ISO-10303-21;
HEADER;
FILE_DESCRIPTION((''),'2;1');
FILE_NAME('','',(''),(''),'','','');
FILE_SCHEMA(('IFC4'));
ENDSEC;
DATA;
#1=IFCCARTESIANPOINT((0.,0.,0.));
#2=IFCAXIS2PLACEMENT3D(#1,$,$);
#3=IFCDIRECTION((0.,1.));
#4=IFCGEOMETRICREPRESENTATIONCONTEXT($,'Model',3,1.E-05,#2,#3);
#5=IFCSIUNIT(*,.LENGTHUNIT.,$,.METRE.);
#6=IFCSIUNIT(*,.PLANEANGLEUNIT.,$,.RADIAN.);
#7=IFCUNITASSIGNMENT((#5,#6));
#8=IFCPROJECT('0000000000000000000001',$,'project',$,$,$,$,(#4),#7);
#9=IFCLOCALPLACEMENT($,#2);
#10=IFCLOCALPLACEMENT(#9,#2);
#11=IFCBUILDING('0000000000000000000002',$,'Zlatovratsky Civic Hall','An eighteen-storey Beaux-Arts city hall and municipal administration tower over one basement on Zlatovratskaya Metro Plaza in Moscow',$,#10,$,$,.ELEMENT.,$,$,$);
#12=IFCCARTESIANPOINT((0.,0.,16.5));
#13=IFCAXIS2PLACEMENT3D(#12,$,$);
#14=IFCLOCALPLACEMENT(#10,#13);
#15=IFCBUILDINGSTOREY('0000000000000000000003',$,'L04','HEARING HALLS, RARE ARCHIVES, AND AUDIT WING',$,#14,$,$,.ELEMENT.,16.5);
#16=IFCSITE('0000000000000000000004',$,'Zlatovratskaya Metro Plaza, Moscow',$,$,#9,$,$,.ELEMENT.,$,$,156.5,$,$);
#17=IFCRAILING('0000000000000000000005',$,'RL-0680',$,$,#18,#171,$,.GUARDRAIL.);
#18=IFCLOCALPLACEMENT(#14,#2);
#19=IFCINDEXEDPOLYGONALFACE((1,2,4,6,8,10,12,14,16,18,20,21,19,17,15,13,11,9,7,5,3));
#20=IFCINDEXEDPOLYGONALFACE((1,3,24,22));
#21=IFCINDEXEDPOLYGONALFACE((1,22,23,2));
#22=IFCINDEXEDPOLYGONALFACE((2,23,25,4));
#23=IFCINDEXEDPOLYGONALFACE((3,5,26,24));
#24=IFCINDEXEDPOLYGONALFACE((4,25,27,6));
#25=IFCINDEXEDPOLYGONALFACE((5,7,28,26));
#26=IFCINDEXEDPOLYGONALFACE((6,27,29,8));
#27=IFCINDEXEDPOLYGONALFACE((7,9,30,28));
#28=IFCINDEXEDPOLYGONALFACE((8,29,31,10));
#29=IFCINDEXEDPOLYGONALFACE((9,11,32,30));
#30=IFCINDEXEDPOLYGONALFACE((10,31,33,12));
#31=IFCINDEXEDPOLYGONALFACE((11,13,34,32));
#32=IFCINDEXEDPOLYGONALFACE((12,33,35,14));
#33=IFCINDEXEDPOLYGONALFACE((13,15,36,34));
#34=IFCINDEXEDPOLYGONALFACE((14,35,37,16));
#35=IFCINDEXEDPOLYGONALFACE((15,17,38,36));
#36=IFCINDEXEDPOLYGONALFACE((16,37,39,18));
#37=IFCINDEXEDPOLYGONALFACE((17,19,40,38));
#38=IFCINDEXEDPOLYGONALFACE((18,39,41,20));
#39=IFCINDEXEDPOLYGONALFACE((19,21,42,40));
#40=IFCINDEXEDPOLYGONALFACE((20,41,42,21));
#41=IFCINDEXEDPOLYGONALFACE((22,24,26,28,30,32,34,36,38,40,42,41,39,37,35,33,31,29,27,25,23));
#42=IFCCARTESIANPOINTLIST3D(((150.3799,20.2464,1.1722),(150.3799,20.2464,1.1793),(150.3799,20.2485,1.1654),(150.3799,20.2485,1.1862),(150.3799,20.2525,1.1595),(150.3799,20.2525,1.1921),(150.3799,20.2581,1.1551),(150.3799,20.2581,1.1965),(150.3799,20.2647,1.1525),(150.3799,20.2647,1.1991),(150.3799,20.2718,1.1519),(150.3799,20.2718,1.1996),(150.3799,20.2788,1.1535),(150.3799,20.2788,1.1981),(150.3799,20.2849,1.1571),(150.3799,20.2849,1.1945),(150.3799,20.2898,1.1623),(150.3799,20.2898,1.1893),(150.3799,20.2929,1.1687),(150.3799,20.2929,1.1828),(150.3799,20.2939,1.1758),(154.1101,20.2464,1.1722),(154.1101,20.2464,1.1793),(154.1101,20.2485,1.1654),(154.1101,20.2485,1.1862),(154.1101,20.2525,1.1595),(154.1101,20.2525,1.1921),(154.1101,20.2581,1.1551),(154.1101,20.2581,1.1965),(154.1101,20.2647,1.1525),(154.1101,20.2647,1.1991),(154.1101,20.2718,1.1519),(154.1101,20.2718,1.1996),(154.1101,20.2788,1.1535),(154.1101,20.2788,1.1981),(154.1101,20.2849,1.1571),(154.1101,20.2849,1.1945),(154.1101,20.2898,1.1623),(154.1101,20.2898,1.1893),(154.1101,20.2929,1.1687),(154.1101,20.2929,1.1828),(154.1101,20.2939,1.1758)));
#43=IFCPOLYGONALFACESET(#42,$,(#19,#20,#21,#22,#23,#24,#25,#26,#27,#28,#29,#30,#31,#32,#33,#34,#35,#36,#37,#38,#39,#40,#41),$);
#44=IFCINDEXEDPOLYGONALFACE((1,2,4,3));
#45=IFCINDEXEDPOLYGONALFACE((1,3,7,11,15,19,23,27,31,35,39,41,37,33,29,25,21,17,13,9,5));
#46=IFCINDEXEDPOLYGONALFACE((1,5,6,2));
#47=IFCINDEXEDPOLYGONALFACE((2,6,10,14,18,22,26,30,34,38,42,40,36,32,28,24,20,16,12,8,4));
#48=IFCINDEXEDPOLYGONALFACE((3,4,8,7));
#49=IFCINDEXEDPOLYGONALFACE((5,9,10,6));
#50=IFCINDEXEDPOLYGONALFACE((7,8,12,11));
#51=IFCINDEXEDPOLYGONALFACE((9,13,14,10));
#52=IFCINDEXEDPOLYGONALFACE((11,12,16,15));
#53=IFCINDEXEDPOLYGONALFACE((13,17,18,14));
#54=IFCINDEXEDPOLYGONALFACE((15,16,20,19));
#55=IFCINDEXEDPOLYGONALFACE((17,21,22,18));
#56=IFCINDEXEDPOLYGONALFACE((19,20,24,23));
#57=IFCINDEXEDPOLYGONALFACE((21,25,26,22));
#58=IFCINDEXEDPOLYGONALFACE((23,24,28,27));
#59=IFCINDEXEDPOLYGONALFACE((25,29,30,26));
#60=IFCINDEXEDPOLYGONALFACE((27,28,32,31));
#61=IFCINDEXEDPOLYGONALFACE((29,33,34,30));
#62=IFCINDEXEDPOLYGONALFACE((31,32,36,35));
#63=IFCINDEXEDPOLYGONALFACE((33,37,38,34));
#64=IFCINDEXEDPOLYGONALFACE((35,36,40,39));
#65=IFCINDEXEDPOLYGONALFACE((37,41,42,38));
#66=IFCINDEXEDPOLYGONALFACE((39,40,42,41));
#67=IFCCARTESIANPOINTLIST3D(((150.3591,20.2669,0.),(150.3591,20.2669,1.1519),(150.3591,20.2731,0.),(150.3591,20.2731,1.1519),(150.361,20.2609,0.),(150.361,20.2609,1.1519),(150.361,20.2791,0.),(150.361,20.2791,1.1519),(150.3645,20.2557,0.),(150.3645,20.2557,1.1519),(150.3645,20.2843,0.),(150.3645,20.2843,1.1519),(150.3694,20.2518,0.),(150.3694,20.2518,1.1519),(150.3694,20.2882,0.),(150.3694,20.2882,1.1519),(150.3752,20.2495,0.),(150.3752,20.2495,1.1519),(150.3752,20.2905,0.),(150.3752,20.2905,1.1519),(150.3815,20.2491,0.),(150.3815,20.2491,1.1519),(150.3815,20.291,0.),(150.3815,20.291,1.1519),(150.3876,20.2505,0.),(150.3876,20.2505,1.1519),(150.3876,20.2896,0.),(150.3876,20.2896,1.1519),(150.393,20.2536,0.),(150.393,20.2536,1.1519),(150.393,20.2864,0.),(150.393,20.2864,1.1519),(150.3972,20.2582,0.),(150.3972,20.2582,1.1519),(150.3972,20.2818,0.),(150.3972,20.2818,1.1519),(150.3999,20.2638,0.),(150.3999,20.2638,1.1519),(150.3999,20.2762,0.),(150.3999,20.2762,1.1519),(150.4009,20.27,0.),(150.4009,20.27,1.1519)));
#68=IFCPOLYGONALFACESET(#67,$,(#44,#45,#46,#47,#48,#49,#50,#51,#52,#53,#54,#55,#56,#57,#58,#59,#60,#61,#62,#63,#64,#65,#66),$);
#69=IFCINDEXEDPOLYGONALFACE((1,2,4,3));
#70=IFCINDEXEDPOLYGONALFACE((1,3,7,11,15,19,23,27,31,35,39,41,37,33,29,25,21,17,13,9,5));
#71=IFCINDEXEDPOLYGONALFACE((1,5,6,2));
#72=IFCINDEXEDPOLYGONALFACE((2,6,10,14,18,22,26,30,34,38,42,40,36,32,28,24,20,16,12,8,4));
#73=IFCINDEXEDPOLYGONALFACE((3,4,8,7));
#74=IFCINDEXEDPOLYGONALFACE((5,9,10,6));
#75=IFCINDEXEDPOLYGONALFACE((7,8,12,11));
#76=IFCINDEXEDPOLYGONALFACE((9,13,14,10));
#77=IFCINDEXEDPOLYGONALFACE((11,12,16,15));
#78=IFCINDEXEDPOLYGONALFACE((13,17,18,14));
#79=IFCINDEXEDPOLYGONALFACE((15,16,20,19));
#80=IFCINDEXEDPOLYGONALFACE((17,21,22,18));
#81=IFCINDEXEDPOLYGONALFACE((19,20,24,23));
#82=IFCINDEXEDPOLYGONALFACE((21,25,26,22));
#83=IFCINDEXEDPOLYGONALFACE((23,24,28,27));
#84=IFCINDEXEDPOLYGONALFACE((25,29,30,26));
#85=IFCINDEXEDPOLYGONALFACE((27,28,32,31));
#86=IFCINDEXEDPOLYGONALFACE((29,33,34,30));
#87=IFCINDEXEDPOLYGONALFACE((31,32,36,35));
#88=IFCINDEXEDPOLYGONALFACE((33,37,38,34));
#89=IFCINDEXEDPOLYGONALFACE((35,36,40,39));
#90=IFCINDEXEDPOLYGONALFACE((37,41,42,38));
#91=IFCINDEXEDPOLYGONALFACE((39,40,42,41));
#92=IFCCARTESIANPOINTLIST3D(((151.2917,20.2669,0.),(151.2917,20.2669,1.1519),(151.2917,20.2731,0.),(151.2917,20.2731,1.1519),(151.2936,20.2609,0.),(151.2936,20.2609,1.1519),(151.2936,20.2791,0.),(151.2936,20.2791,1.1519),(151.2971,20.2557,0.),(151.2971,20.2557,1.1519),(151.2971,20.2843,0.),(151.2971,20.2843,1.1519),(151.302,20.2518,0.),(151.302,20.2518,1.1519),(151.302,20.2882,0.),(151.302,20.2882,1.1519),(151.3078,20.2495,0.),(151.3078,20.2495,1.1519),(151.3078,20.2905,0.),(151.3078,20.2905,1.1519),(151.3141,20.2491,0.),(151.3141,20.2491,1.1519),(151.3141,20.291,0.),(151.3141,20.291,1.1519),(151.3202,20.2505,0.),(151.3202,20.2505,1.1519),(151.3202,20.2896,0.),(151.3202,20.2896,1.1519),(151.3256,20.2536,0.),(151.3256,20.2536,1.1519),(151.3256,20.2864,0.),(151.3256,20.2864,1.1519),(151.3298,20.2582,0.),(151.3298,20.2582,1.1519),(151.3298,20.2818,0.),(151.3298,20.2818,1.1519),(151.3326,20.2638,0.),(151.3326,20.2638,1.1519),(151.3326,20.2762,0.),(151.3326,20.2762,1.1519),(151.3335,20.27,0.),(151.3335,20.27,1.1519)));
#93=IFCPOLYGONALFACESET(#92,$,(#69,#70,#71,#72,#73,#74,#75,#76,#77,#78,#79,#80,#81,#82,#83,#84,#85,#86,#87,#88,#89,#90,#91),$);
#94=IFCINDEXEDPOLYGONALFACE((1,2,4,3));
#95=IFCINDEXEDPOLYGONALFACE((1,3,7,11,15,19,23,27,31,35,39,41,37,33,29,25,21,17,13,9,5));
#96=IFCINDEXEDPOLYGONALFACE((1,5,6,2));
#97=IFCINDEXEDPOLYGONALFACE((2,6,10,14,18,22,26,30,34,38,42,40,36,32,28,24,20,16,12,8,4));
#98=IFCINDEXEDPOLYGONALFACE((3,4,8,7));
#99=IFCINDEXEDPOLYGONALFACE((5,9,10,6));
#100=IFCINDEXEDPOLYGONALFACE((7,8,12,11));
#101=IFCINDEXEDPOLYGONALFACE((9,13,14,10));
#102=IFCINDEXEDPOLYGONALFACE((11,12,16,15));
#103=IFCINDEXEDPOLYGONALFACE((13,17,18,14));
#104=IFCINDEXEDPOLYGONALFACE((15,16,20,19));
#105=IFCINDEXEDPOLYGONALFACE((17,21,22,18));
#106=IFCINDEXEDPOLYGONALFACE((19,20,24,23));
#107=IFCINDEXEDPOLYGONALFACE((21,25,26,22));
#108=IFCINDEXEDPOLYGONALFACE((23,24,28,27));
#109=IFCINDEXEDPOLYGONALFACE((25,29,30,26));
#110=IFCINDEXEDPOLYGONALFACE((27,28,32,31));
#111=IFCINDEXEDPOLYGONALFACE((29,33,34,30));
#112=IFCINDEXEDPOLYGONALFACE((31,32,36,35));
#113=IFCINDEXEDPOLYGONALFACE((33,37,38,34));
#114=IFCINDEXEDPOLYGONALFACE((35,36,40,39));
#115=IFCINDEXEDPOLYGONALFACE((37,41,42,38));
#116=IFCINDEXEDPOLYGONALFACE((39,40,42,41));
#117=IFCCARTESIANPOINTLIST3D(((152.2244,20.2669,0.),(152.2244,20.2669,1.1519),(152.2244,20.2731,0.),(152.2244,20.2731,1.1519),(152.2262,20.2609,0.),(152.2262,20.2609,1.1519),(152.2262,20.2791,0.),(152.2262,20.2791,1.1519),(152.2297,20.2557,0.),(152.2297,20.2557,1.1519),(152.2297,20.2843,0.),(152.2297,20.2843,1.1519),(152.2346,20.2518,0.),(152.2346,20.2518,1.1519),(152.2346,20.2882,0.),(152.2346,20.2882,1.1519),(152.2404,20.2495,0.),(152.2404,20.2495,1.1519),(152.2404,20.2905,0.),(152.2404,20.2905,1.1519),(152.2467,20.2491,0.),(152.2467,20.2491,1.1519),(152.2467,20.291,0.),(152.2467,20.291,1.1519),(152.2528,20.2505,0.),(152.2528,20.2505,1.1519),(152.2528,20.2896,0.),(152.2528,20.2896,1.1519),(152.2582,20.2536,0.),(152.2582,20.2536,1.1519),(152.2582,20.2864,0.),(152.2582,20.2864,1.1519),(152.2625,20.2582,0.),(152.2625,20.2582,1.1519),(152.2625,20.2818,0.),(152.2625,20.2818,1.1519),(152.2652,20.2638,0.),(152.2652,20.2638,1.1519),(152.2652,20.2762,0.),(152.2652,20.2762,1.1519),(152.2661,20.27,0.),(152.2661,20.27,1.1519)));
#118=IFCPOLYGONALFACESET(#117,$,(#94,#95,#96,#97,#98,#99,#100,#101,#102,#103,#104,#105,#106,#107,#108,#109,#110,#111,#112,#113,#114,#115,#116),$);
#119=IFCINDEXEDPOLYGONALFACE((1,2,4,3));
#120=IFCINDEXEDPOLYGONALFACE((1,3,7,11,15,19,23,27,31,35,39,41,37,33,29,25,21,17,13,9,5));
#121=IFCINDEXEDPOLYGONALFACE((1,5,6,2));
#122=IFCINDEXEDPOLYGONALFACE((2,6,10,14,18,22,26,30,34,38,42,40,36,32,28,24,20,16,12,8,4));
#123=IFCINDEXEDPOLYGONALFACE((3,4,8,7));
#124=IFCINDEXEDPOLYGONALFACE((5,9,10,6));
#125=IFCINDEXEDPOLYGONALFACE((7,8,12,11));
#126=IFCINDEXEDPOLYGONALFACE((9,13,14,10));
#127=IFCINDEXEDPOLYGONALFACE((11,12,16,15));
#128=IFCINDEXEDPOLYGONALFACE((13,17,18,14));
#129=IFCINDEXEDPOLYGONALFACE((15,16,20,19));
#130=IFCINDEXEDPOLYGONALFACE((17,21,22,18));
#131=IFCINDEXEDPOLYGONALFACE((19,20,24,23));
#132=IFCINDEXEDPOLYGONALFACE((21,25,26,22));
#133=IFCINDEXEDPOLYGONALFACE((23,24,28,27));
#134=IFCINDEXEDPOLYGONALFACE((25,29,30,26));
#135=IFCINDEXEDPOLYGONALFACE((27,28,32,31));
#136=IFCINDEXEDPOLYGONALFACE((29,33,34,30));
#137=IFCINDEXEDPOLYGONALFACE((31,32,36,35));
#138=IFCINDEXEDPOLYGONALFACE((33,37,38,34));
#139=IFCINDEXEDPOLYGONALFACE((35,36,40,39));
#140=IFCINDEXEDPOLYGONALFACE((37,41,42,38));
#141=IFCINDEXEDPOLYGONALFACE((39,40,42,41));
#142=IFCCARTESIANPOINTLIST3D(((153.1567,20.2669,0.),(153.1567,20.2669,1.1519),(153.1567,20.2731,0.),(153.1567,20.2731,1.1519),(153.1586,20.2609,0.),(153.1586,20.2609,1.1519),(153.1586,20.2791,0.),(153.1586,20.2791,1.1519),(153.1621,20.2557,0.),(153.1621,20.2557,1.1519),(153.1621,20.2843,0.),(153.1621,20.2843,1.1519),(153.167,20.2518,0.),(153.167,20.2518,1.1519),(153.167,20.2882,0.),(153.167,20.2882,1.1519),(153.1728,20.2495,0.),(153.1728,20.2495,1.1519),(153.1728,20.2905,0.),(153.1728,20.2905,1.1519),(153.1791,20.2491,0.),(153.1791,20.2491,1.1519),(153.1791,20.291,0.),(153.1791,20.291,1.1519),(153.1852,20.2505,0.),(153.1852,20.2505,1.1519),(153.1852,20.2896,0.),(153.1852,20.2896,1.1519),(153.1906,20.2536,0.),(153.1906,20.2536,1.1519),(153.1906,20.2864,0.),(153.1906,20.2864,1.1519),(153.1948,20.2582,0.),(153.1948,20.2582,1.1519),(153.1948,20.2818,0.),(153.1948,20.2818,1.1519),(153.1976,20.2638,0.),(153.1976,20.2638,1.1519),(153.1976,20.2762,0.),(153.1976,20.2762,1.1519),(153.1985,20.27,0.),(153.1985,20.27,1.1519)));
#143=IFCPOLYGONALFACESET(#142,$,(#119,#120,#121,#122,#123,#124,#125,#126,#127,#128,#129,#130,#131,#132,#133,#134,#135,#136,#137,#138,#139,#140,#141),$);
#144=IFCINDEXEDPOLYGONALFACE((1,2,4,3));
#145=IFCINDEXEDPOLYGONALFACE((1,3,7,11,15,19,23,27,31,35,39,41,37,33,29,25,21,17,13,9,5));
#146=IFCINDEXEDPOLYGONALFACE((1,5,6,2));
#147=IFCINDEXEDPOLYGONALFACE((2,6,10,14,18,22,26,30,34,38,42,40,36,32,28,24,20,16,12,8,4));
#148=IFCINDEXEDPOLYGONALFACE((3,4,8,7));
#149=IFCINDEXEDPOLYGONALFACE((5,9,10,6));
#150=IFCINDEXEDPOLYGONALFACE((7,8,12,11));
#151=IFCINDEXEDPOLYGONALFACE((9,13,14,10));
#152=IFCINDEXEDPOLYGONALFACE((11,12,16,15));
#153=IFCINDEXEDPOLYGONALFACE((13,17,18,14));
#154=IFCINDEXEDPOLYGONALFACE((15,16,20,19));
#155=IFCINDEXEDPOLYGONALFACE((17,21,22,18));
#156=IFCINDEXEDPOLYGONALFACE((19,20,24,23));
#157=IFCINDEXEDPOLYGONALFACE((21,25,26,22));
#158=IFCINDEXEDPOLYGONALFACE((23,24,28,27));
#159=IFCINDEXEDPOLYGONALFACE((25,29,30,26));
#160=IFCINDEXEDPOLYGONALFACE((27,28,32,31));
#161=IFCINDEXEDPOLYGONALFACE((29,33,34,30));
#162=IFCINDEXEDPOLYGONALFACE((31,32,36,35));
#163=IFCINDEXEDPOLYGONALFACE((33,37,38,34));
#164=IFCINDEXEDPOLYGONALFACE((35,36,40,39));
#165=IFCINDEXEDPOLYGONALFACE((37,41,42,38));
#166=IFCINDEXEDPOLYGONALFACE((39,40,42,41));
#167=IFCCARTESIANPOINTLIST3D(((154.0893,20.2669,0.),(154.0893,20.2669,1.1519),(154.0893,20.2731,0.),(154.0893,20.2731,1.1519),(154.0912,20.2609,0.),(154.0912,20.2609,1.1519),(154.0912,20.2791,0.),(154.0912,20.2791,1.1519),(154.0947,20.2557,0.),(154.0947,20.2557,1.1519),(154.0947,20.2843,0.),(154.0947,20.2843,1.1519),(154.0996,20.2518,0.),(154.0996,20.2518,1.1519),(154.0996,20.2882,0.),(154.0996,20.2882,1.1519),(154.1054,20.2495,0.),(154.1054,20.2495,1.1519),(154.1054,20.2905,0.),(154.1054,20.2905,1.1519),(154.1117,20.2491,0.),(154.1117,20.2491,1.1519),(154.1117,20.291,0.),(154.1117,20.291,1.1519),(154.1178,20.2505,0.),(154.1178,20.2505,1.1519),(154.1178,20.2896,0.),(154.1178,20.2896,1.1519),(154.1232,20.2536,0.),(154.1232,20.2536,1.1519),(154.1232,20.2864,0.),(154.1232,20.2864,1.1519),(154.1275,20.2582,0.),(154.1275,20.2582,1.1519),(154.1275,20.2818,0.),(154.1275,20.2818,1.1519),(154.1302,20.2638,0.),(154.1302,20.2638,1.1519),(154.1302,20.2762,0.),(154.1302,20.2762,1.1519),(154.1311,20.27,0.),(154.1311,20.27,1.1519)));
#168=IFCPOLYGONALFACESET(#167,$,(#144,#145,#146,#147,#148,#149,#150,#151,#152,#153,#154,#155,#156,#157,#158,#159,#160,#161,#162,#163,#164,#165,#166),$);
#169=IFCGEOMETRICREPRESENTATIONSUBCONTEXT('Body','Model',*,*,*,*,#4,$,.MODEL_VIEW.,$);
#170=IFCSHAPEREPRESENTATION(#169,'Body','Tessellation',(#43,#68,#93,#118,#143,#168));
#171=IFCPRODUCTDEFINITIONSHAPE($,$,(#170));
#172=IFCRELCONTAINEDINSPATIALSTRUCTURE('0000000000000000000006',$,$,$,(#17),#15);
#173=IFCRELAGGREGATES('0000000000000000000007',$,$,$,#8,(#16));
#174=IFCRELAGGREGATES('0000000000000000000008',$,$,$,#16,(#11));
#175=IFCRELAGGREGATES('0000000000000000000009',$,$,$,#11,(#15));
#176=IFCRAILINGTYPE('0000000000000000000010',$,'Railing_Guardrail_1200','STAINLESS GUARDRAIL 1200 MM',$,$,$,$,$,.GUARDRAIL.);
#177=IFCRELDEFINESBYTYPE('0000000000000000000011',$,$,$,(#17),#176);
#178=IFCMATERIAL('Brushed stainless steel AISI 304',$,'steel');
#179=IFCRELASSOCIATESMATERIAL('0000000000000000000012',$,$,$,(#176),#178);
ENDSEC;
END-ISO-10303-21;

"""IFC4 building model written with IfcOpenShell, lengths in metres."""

from ifc_helpers import new_model, si_unit, direction, frame, origin, origin_2d, place, context, subcontext, project, spatial, circle, extrude, material, type_object, element, save


model = new_model("IFC4")

# Units and contexts
model_context = context("Model", 3, precision=1e-05, world=origin(), true_north=direction((0.0, 1.0)))
body_context = subcontext(model_context, "Body", "Model", "MODEL_VIEW")
ifc_project = project(units=[si_unit("LENGTHUNIT", "METRE"), si_unit("PLANEANGLEUNIT", "RADIAN")], contexts=[model_context])

# Site, building, storey
site_placement = place(None, origin())
site = spatial("IfcSite", under=ifc_project, at=site_placement, Name="Zlatovratskaya Metro Plaza, Moscow", CompositionType="ELEMENT", RefElevation=156.5)
building_placement = place(site_placement, origin())
building = spatial("IfcBuilding", under=site, at=building_placement, Name="Zlatovratsky Civic Hall", Description="An eighteen-storey Beaux-Arts city hall and municipal administration tower over one basement on Zlatovratskaya Metro Plaza in Moscow", CompositionType="ELEMENT")
storey_placement = place(building_placement, frame((0.0, 0.0, 16.5)))
storey = spatial("IfcBuildingStorey", under=building, at=storey_placement, Name="L04", Description="HEARING HALLS, RARE ARCHIVES, AND AUDIT WING", CompositionType="ELEMENT", Elevation=16.5)

# Railing
ifc_material_1 = material(Name="Brushed stainless steel AISI 304", Category="steel")
railing_type = type_object("IfcRailingType", Name="Railing_Guardrail_1200", Description="STAINLESS GUARDRAIL 1200 MM", PredefinedType="GUARDRAIL", material=ifc_material_1)
railing_placement = place(storey_placement, frame((150.3799, 20.27, 0.0)))
element("IfcRailing", 1, at=railing_placement, inside=storey, type_object=railing_type, Name="RL-0680", PredefinedType="GUARDRAIL", context=body_context, shape_type="SweptSolid", body=[
    extrude(circle(Radius=0.0239, at=origin_2d()), frame((0.0, 0.0, 1.1758), z_axis=(1.0, 0.0, 0.0), x_axis=(0.0, 1.0, 0.0)), (0.0, 0.0, 1.0), 3.7302),
    extrude(circle(Radius=0.021, at=origin_2d()), origin(), (0.0, 0.0, 1.0), 1.1519),
    extrude(circle(Radius=0.021, at=origin_2d()), frame((0.9326, 0.0, 0.0)), (0.0, 0.0, 1.0), 1.1519),
    extrude(circle(Radius=0.021, at=origin_2d()), frame((1.8652, 0.0, 0.0)), (0.0, 0.0, 1.0), 1.1519),
    extrude(circle(Radius=0.021, at=origin_2d()), frame((2.7976, 0.0, 0.0)), (0.0, 0.0, 1.0), 1.1519),
    extrude(circle(Radius=0.021, at=origin_2d()), frame((3.7302, 0.0, 0.0)), (0.0, 0.0, 1.0), 1.1519),
])

save(model, "model.ifc")
